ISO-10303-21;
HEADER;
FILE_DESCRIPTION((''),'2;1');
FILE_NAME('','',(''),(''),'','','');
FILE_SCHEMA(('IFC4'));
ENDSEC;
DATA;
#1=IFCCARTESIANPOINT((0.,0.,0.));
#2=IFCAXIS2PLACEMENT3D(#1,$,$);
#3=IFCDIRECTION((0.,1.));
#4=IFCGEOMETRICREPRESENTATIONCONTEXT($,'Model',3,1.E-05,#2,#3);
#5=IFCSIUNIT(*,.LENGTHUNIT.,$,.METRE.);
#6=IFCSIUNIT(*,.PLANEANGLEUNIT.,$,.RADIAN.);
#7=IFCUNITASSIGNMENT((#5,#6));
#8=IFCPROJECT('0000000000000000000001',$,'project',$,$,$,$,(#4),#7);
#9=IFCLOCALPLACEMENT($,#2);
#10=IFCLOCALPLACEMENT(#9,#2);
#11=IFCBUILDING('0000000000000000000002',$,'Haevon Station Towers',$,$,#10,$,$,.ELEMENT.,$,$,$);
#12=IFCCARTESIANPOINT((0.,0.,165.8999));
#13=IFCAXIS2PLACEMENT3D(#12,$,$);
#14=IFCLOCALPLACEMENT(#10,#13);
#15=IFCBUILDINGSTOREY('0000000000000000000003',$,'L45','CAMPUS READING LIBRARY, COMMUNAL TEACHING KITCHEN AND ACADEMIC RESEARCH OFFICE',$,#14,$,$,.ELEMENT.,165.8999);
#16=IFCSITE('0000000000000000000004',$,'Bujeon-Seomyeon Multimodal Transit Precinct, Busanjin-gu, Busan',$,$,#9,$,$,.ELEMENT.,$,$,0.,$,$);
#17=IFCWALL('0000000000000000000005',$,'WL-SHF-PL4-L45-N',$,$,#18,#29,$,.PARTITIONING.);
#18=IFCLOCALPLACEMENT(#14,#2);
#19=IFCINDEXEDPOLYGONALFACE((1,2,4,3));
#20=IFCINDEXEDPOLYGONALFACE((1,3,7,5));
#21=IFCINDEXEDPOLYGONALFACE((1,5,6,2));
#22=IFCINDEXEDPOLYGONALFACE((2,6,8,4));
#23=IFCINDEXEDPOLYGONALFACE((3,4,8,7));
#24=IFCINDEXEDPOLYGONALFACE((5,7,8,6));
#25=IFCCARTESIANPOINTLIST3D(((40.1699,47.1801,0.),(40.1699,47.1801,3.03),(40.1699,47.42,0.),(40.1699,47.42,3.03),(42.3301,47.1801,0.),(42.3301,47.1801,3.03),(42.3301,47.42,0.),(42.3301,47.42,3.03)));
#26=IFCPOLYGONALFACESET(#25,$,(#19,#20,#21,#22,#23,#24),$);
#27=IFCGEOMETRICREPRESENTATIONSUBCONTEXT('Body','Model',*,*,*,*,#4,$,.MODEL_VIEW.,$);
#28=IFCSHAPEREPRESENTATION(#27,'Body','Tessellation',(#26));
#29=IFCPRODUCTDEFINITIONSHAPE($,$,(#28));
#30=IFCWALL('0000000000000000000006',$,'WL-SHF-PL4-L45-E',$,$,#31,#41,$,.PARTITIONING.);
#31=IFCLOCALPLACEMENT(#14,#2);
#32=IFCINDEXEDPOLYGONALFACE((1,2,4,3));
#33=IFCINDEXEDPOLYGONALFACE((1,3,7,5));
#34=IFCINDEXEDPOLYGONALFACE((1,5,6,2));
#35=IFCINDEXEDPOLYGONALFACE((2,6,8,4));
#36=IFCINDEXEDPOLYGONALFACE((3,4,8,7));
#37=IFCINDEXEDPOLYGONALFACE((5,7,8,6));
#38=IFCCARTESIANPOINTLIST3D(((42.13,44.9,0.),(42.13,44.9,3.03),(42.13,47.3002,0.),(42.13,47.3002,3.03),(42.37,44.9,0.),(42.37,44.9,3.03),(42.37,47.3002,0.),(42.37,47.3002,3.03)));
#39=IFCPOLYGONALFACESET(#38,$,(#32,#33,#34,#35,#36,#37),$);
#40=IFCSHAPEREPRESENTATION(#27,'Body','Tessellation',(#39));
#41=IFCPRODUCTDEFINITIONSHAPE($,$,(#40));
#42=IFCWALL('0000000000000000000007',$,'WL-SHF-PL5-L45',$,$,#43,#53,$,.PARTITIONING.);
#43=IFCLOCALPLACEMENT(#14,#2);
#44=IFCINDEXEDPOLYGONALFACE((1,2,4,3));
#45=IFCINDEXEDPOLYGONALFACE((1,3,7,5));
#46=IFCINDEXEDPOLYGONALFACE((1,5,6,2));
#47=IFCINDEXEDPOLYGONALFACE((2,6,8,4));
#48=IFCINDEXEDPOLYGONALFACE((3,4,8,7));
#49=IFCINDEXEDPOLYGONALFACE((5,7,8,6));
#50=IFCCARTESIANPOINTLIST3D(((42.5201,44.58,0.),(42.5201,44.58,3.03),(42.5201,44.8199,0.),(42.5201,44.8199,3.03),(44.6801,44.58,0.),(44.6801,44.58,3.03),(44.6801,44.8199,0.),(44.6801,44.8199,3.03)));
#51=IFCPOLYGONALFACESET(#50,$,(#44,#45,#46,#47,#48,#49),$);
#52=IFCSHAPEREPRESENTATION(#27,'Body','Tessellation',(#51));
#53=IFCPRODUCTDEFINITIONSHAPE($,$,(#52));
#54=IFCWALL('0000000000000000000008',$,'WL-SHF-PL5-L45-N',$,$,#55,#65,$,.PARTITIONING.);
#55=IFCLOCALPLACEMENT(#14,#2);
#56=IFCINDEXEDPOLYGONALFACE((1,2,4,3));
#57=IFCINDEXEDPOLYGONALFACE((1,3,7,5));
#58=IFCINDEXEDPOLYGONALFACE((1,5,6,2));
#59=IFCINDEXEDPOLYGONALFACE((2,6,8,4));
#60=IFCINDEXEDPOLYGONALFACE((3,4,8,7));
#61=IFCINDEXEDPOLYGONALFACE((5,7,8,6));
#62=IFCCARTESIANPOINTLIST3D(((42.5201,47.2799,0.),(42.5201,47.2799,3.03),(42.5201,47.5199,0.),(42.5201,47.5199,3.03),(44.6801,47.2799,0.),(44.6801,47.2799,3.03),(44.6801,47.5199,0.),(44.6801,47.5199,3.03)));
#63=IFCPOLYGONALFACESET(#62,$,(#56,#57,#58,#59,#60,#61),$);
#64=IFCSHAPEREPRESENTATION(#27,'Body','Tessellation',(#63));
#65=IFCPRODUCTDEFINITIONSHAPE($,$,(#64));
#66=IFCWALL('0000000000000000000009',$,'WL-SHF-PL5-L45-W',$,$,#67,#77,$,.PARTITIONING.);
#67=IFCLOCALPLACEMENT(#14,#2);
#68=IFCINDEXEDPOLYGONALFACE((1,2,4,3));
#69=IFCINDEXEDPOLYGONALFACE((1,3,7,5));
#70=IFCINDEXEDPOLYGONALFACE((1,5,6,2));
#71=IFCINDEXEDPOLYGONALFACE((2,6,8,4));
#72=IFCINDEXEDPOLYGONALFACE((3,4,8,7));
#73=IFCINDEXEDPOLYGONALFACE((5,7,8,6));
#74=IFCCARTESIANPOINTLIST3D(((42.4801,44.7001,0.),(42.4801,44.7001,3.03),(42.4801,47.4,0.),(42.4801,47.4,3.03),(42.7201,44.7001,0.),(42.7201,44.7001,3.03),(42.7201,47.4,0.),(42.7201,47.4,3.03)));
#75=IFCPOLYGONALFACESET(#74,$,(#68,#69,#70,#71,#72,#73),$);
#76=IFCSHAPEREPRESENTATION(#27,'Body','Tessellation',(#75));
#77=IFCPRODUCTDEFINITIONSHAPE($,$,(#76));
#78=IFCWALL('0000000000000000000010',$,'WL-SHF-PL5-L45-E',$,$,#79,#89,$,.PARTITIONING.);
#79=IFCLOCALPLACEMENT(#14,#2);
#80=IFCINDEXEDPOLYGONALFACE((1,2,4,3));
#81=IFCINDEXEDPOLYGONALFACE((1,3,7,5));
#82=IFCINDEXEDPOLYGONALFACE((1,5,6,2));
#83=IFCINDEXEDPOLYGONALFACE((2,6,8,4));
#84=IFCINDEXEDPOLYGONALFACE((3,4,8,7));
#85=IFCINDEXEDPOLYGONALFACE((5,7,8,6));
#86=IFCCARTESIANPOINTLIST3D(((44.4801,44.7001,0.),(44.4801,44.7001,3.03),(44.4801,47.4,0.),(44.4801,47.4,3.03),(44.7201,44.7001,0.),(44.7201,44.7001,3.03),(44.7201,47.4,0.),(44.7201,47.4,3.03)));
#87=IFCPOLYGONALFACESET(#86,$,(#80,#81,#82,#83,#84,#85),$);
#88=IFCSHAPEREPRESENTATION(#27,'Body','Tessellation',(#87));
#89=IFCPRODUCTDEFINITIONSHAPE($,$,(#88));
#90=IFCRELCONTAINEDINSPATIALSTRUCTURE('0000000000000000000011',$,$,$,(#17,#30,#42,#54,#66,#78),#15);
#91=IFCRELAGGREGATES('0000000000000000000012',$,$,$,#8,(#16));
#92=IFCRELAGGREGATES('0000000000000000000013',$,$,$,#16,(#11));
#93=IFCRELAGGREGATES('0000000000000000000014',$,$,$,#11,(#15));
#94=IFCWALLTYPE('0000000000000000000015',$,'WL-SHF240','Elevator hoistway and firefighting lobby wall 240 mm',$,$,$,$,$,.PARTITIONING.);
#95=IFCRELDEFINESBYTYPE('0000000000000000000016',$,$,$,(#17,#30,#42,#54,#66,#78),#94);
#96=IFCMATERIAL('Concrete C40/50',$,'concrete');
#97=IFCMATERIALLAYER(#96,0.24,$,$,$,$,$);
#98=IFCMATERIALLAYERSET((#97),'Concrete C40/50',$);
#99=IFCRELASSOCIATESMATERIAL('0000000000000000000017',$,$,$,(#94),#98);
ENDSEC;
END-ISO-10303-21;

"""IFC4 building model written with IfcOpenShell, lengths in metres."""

from ifc_helpers import new_model, si_unit, direction, frame, frame_2d, origin, place, context, subcontext, project, spatial, rectangle, extrude, material, layer, layer_set, type_object, element, save


model = new_model("IFC4")

# Units and contexts
model_context = context("Model", 3, precision=1e-05, world=origin(), true_north=direction((0.0, 1.0)))
body_context = subcontext(model_context, "Body", "Model", "MODEL_VIEW")
ifc_project = project(units=[si_unit("LENGTHUNIT", "METRE"), si_unit("PLANEANGLEUNIT", "RADIAN")], contexts=[model_context])

# Site, building, storey
site_placement = place(None, origin())
site = spatial("IfcSite", under=ifc_project, at=site_placement, Name="Bujeon-Seomyeon Multimodal Transit Precinct, Busanjin-gu, Busan", CompositionType="ELEMENT", RefElevation=0.0)
building_placement = place(site_placement, origin())
building = spatial("IfcBuilding", under=site, at=building_placement, Name="Haevon Station Towers", CompositionType="ELEMENT")
storey_placement = place(building_placement, frame((0.0, 0.0, 165.8999)))
storey = spatial("IfcBuildingStorey", under=building, at=storey_placement, Name="L45", Description="CAMPUS READING LIBRARY, COMMUNAL TEACHING KITCHEN AND ACADEMIC RESEARCH OFFICE", CompositionType="ELEMENT", Elevation=165.8999)

# Shared definitions
ifc_material_1 = material(Name="Concrete C40/50", Category="concrete")
ifc_layer_1 = layer(ifc_material_1, 0.24)
ifc_layer_set_1 = layer_set([ifc_layer_1], Name="Concrete C40/50")
wall_type_1 = type_object("IfcWallType", Name="WL-SHF240", Description="Elevator hoistway and firefighting lobby wall 240 mm", PredefinedType="PARTITIONING", material=ifc_layer_set_1)

# Walls
wall_1_placement = place(storey_placement, frame((40.1699, 47.3, 0.0), z_axis=(0.0, 0.0, 1.0), x_axis=(1.0, 0.0, 0.0)))
element("IfcWall", 1, at=wall_1_placement, inside=storey, type_object=wall_type_1, Name="WL-SHF-PL4-L45-N", PredefinedType="PARTITIONING", context=body_context, shape_type="SweptSolid", body=[
    extrude(rectangle(XDim=2.1602, YDim=0.24, at=frame_2d((1.0801, 0.0))), origin(), (0.0, 0.0, 1.0), 3.03),
])
wall_2_placement = place(storey_placement, frame((42.25, 44.8999, 0.0), z_axis=(0.0, 0.0, 1.0), x_axis=(0.0, 1.0, 0.0)))
element("IfcWall", 2, at=wall_2_placement, inside=storey, type_object=wall_type_1, Name="WL-SHF-PL4-L45-E", PredefinedType="PARTITIONING", context=body_context, shape_type="SweptSolid", body=[
    extrude(rectangle(XDim=2.4001, YDim=0.24, at=frame_2d((1.2002, 0.0))), origin(), (0.0, 0.0, 1.0), 3.03),
])
for number, where, z_axis, x_axis, name in (
    (3, (42.52, 44.7, 0.0), (0.0, 0.0, 1.0), (1.0, 0.0, 0.0), "WL-SHF-PL5-L45"),
    (4, (42.52, 47.3999, 0.0), (0.0, 0.0, 1.0), (1.0, 0.0, 0.0), "WL-SHF-PL5-L45-N"),
):
    element("IfcWall", number, at=place(storey_placement, frame(where, z_axis=z_axis, x_axis=x_axis)), inside=storey, type_object=wall_type_1, Name=name, PredefinedType="PARTITIONING", context=body_context, shape_type="SweptSolid", body=[
        extrude(rectangle(XDim=2.1599, YDim=0.24, at=frame_2d((1.0801, 0.0))), origin(), (0.0, 0.0, 1.0), 3.03),
    ])
for number, where, z_axis, x_axis, name in (
    (5, (42.6001, 44.7, 0.0), (0.0, 0.0, 1.0), (0.0, 1.0, 0.0), "WL-SHF-PL5-L45-W"),
    (6, (44.6001, 44.7, 0.0), (0.0, 0.0, 1.0), (0.0, 1.0, 0.0), "WL-SHF-PL5-L45-E"),
):
    element("IfcWall", number, at=place(storey_placement, frame(where, z_axis=z_axis, x_axis=x_axis)), inside=storey, type_object=wall_type_1, Name=name, PredefinedType="PARTITIONING", context=body_context, shape_type="SweptSolid", body=[
        extrude(rectangle(XDim=2.7, YDim=0.24, at=frame_2d((1.3501, 0.0))), origin(), (0.0, 0.0, 1.0), 3.03),
    ])

save(model, "model.ifc")
